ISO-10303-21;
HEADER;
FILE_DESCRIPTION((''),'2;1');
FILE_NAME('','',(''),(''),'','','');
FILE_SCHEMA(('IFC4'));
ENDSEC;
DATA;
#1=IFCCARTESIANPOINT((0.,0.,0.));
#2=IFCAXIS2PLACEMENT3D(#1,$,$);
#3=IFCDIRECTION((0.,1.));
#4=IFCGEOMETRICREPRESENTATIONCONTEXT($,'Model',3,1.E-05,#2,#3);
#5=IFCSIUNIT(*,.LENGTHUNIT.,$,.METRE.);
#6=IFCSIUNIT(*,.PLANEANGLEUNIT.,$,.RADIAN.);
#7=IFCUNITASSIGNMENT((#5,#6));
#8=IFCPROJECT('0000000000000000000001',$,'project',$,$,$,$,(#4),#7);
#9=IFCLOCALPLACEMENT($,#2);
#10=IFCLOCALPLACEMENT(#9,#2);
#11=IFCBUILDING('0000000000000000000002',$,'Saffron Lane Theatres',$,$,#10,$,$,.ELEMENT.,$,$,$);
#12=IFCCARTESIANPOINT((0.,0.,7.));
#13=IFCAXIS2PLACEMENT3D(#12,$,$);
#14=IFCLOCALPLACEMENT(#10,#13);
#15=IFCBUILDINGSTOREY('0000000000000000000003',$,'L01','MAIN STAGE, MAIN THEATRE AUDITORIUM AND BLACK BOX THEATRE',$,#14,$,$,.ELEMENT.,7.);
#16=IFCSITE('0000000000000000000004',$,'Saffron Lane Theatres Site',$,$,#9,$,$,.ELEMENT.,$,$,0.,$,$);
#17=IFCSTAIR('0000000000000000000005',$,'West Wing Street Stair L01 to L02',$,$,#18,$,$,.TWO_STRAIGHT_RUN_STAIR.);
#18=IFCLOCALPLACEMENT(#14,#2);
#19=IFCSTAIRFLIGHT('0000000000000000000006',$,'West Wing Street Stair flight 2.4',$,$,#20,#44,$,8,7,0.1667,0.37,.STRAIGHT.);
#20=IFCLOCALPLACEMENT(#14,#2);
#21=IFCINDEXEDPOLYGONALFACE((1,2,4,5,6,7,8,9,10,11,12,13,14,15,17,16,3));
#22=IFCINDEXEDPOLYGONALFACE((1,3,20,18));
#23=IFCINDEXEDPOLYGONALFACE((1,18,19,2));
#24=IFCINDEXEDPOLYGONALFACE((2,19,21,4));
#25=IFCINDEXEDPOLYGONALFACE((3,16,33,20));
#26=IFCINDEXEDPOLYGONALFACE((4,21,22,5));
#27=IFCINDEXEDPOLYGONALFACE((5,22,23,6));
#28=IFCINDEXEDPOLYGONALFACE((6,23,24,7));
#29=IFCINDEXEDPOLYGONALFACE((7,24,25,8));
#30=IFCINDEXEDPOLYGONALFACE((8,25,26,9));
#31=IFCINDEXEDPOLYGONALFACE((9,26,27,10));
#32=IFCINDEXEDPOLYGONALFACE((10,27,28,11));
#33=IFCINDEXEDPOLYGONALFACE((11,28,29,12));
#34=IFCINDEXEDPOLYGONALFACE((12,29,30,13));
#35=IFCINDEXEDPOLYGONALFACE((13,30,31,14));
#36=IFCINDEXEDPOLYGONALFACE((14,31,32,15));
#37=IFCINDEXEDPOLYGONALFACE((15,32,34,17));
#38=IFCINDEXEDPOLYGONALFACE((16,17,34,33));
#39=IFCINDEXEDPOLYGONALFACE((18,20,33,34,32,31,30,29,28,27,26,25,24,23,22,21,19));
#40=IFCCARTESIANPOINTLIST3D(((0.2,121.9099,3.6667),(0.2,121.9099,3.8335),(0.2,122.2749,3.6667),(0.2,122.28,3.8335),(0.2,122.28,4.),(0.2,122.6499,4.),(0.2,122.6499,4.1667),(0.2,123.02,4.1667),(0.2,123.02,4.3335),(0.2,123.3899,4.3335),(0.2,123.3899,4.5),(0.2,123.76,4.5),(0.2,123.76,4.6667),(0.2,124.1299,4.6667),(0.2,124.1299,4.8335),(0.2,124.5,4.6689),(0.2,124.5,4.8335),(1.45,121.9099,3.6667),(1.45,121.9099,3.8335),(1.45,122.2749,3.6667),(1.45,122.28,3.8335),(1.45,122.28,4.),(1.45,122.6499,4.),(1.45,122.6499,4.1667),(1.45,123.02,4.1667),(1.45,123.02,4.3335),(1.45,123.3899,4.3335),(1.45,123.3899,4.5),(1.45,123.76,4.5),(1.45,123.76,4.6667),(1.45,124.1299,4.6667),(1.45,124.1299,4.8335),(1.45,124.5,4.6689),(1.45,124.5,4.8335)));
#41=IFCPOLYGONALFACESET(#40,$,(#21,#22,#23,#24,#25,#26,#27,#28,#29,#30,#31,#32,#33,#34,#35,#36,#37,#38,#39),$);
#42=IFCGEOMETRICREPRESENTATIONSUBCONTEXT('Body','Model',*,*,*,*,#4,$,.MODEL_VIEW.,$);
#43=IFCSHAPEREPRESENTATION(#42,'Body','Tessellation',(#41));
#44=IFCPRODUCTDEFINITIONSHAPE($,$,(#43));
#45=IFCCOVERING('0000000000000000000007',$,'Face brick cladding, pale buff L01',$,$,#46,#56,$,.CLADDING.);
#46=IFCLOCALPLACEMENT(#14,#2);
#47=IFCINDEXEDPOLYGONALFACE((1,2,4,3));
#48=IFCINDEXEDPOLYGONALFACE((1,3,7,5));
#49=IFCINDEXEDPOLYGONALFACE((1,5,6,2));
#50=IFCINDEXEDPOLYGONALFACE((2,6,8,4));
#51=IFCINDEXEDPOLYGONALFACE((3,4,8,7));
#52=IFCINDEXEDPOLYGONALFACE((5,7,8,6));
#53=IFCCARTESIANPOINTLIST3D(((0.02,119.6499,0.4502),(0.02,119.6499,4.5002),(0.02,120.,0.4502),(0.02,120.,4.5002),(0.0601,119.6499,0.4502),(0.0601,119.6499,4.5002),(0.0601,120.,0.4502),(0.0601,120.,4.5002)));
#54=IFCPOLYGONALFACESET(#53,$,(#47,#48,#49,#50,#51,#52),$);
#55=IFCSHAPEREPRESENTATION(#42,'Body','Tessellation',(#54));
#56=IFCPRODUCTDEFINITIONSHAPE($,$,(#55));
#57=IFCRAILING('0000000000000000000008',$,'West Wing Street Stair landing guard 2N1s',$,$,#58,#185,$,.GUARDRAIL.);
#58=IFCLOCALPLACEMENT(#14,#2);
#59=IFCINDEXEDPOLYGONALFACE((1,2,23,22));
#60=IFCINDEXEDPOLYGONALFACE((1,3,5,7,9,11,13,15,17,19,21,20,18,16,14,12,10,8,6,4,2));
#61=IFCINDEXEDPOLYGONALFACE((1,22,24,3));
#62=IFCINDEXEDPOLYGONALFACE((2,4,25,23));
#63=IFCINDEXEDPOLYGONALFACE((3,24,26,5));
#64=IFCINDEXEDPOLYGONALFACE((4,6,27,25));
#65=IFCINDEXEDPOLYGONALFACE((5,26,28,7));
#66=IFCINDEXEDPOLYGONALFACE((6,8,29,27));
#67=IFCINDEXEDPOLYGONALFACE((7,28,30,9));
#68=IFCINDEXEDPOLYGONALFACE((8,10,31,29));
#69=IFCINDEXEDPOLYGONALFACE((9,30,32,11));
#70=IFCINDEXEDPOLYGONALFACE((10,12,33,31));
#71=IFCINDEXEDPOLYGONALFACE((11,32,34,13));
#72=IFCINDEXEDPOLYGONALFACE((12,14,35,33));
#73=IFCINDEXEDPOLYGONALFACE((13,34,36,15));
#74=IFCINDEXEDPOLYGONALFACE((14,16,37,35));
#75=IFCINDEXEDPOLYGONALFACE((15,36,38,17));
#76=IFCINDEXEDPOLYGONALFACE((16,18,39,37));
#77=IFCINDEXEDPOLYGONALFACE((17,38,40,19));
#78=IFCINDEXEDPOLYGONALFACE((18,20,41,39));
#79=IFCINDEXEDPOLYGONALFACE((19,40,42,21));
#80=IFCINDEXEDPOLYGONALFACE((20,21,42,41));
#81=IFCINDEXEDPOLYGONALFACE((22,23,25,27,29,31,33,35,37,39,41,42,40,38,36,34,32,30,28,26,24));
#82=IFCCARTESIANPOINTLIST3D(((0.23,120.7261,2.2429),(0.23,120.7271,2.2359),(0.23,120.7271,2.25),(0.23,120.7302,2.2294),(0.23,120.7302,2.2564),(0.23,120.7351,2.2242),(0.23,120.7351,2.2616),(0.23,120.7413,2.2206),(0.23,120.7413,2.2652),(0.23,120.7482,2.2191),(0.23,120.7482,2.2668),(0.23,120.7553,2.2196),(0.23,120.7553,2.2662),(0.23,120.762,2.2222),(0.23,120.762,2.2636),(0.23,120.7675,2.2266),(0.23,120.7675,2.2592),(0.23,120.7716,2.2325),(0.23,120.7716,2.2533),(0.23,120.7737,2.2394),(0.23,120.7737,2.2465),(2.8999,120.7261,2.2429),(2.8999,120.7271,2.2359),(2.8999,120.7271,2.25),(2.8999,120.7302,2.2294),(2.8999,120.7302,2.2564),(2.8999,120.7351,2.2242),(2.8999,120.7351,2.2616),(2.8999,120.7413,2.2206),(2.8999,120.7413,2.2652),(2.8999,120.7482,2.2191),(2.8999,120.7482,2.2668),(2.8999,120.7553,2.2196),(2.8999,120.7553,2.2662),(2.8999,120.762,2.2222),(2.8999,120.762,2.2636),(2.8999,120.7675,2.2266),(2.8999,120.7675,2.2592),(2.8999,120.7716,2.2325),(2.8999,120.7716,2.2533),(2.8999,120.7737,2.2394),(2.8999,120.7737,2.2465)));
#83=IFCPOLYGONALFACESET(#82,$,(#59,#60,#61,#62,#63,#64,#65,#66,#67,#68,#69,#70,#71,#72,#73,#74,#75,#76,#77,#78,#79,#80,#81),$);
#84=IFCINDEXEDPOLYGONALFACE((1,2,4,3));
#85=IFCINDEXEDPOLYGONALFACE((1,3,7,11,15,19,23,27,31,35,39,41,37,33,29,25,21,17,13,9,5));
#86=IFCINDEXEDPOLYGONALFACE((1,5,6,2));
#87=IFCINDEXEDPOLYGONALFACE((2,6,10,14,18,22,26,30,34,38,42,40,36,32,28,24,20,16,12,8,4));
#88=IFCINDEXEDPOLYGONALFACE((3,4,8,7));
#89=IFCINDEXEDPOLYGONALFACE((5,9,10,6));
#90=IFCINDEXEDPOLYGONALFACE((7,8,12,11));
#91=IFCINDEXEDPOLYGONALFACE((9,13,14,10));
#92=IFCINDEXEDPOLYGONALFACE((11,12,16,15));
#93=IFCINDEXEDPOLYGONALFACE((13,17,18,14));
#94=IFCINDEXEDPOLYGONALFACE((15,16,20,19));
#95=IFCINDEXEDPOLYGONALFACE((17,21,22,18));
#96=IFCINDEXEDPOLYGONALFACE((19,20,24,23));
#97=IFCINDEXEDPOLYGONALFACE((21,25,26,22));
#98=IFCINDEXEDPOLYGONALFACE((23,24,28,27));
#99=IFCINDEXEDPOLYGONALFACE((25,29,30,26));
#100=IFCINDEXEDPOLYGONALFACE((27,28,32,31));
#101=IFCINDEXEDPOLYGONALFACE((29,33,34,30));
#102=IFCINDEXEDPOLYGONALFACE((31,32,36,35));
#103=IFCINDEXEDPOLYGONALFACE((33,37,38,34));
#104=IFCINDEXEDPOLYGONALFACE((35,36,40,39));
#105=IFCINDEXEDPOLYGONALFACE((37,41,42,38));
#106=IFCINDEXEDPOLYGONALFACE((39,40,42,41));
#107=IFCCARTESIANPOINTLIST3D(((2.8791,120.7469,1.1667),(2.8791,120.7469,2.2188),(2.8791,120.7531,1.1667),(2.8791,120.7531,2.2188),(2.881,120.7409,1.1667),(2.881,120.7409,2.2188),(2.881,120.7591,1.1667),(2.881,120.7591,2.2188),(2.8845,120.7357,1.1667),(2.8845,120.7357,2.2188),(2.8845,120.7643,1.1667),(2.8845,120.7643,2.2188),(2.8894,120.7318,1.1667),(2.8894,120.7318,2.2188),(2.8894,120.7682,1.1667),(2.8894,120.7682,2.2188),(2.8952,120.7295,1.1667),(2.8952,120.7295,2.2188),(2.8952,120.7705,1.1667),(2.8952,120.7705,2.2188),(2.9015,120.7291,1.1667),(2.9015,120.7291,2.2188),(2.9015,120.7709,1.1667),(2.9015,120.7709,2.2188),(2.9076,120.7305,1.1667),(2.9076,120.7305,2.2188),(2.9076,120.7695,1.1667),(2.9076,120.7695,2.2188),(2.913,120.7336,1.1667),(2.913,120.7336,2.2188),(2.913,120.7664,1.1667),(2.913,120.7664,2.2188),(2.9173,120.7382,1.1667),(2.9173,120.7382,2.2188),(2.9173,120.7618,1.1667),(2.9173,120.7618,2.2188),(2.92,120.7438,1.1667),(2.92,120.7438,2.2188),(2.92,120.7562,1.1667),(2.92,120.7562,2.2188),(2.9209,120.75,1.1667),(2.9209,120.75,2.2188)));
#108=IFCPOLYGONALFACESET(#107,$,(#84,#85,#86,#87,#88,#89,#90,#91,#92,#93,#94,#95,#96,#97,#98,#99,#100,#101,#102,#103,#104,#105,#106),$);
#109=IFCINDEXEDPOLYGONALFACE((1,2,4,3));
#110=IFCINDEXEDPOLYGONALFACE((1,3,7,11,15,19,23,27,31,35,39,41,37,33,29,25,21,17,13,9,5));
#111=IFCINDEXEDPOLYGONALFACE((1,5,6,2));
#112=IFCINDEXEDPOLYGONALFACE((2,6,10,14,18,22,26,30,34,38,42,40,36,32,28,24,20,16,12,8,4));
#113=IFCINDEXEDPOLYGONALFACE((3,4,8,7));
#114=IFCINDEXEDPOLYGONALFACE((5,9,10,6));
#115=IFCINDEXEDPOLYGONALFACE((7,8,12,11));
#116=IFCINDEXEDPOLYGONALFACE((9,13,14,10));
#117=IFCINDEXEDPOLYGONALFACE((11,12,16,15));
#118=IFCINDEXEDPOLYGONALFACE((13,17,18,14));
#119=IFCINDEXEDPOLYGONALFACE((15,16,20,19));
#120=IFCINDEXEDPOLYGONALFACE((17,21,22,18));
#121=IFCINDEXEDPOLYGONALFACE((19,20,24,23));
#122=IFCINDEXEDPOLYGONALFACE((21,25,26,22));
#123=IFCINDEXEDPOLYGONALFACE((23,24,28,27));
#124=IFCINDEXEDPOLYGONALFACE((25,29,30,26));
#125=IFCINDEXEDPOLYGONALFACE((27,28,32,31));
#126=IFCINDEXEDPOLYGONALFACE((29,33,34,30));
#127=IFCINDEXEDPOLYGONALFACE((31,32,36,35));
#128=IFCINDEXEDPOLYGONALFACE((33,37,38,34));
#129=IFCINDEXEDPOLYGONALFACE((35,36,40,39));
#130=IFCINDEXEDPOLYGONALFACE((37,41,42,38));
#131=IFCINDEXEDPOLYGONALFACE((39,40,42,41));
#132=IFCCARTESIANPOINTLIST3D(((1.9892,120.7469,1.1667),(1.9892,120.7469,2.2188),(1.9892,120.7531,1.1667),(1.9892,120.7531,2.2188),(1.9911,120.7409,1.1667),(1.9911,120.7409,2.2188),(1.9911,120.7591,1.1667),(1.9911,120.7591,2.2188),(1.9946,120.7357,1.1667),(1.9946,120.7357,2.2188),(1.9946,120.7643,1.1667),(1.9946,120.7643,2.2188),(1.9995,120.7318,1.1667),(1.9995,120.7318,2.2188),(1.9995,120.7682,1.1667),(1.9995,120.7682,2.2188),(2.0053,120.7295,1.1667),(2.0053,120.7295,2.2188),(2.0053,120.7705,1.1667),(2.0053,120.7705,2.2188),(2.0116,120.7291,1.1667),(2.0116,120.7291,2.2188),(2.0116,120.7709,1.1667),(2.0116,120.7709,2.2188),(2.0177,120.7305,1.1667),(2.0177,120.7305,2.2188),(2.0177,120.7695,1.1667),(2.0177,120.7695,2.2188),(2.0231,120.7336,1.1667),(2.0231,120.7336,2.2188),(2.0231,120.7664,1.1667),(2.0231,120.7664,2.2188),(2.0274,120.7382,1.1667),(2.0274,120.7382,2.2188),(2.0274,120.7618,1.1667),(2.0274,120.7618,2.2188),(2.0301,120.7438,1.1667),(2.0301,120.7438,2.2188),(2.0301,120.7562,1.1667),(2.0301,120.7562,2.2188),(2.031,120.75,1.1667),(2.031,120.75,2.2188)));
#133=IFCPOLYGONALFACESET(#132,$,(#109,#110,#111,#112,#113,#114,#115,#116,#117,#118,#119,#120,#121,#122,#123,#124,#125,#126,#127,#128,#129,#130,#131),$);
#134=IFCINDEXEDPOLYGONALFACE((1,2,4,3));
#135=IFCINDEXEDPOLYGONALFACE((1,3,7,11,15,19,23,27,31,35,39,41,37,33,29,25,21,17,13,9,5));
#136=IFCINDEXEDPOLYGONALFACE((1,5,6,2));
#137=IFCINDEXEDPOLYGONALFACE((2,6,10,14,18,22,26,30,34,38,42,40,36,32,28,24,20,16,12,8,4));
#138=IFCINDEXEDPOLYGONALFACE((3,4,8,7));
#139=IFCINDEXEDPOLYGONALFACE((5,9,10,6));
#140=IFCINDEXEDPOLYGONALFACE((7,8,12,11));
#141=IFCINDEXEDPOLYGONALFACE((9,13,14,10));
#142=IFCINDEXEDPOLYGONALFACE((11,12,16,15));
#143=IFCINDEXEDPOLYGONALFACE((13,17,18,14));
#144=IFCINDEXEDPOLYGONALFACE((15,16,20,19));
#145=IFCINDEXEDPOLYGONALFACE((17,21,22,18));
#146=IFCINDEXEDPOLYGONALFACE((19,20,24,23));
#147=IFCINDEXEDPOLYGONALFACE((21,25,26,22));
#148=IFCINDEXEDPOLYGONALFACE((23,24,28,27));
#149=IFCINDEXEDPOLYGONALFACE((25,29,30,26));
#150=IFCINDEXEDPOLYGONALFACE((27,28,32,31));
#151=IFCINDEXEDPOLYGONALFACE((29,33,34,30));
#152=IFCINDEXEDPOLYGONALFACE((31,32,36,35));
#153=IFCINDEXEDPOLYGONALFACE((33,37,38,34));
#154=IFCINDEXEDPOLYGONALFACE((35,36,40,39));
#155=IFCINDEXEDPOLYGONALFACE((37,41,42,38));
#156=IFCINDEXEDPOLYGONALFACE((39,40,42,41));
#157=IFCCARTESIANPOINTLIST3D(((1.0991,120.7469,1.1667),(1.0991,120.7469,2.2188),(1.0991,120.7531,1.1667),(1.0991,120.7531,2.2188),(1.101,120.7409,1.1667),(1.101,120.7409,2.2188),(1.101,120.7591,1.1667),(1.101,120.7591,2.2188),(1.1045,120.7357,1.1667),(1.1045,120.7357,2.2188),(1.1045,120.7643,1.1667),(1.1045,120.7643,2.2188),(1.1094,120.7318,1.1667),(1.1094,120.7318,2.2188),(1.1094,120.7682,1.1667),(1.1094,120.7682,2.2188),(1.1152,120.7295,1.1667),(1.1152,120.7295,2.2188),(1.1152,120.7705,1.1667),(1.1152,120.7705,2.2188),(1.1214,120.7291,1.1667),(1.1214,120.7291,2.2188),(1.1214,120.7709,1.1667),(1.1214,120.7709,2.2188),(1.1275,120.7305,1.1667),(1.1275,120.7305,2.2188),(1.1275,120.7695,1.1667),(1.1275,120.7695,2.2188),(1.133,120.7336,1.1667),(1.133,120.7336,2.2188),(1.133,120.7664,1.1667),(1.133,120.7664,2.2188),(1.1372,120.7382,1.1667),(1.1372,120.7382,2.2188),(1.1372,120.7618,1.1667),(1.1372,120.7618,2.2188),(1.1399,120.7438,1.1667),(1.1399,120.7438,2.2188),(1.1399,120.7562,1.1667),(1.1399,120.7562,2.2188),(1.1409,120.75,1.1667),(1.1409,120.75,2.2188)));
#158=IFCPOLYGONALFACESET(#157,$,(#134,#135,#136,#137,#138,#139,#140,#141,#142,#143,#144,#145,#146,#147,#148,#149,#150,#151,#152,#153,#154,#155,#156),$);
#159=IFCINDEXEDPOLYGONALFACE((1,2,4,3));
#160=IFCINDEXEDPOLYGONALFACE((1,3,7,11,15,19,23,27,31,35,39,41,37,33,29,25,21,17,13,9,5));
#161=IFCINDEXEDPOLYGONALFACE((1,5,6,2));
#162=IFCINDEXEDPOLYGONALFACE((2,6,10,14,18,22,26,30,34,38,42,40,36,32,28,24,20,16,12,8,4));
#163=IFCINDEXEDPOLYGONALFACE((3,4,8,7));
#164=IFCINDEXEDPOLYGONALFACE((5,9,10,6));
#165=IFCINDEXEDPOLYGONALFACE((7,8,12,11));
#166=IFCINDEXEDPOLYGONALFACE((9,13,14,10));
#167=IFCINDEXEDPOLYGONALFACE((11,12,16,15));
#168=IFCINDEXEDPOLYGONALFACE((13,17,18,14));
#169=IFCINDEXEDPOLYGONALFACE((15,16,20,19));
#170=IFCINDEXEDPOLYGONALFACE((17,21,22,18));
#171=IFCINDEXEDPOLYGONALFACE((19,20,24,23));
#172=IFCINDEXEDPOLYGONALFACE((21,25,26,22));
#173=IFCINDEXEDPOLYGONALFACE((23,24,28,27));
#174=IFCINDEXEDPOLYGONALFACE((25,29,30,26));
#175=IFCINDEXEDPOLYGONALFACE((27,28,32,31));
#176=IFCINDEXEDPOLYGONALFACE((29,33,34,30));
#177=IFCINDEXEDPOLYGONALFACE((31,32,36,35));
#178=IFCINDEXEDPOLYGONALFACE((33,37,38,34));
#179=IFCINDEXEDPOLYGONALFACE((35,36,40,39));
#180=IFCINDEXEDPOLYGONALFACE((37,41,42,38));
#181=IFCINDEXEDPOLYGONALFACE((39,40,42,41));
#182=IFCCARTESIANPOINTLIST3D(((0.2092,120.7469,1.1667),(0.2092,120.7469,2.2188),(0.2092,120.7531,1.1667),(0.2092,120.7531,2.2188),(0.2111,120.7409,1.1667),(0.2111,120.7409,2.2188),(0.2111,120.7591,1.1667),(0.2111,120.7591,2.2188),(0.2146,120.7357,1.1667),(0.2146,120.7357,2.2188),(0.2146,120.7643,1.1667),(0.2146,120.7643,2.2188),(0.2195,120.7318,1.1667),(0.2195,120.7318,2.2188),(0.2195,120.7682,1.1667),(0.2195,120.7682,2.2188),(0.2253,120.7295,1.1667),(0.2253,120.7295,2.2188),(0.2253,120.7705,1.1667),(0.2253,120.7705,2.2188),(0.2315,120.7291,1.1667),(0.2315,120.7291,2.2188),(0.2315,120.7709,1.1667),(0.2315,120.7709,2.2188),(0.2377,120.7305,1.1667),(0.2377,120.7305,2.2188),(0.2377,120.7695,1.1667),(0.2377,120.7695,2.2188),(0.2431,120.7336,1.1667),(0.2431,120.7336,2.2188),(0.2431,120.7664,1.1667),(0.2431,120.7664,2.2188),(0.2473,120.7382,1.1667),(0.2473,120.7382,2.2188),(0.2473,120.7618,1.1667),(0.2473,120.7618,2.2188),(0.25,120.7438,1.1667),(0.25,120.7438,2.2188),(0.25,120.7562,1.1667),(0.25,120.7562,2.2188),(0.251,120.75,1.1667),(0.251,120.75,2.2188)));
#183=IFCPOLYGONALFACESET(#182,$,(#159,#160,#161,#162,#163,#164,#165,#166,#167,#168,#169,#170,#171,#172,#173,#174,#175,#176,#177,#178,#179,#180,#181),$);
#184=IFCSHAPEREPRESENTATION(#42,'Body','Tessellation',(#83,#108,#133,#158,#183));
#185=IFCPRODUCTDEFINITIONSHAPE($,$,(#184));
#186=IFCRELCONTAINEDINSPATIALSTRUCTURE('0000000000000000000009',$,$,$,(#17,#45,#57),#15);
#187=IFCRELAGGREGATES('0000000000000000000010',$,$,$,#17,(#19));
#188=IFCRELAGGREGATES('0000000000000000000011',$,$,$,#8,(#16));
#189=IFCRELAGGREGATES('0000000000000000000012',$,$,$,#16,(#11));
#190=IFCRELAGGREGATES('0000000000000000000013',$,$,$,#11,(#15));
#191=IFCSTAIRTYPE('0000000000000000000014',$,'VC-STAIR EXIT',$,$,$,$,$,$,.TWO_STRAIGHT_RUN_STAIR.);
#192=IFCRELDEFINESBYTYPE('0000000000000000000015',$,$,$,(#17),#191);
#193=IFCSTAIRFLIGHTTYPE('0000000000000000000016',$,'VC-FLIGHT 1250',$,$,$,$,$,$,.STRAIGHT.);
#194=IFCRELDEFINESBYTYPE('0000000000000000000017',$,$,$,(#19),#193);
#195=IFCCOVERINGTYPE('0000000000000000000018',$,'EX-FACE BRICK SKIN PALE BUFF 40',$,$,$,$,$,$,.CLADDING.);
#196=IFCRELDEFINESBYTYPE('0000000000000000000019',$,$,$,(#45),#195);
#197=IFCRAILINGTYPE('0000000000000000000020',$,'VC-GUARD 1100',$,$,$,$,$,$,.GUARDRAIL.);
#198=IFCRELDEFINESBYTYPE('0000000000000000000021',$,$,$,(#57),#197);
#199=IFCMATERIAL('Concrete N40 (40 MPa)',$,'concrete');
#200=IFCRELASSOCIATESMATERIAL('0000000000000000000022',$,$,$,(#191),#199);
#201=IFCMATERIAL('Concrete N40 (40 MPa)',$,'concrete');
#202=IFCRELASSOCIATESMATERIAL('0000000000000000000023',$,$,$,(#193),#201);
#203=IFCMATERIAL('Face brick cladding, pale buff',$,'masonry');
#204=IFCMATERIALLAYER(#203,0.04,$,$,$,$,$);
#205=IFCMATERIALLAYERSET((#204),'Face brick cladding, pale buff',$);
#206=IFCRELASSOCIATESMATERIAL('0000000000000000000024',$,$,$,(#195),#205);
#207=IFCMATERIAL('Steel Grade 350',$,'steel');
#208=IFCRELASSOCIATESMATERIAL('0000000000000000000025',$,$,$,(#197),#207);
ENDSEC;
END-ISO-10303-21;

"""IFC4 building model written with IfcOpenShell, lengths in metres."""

from ifc_helpers import new_model, si_unit, direction, frame, origin, origin_2d, place, context, subcontext, project, spatial, polyline, rectangle, circle, outline, extrude, material, layer, layer_set, type_object, element, aggregate, save


model = new_model("IFC4")

# Units and contexts
model_context = context("Model", 3, precision=1e-05, world=origin(), true_north=direction((0.0, 1.0)))
body_context = subcontext(model_context, "Body", "Model", "MODEL_VIEW")
ifc_project = project(units=[si_unit("LENGTHUNIT", "METRE"), si_unit("PLANEANGLEUNIT", "RADIAN")], contexts=[model_context])

# Site, building, storey
site_placement = place(None, origin())
site = spatial("IfcSite", under=ifc_project, at=site_placement, Name="Saffron Lane Theatres Site", CompositionType="ELEMENT", RefElevation=0.0)
building_placement = place(site_placement, origin())
building = spatial("IfcBuilding", under=site, at=building_placement, Name="Saffron Lane Theatres", CompositionType="ELEMENT")
storey_placement = place(building_placement, frame((0.0, 0.0, 7.0)))
storey = spatial("IfcBuildingStorey", under=building, at=storey_placement, Name="L01", Description="MAIN STAGE, MAIN THEATRE AUDITORIUM AND BLACK BOX THEATRE", CompositionType="ELEMENT", Elevation=7.0)

# Stair, stair flight
ifc_material_1 = material(Name="Concrete N40 (40 MPa)", Category="concrete")
stair_type = type_object("IfcStairType", Name="VC-STAIR EXIT", PredefinedType="TWO_STRAIGHT_RUN_STAIR", material=ifc_material_1)
stair_placement = place(storey_placement, origin())
stair = element("IfcStair", 1, at=stair_placement, inside=storey, type_object=stair_type, Name="West Wing Street Stair L01 to L02", PredefinedType="TWO_STRAIGHT_RUN_STAIR")
ifc_material_2 = material(Name="Concrete N40 (40 MPa)", Category="concrete")
stair_flight_type = type_object("IfcStairFlightType", Name="VC-FLIGHT 1250", PredefinedType="STRAIGHT", material=ifc_material_2)
stair_flight_1_placement = place(storey_placement, frame((0.825, 121.9099, 3.6667), z_axis=(0.0, 0.0, 1.0), x_axis=(0.0, 1.0, 0.0)))
stair_flight_1 = element("IfcStairFlight", 2, at=stair_flight_1_placement, type_object=stair_flight_type, Name="West Wing Street Stair flight 2.4", NumberOfRisers=8, NumberOfTreads=7, PredefinedType="STRAIGHT", RiserHeight=0.1667, TreadLength=0.37, context=body_context, shape_type="SweptSolid", body=[
    extrude(outline(polyline([(0.0, 0.0), (0.0, 0.1667), (0.3701, 0.1667), (0.3701, 0.3333), (0.74, 0.3333), (0.74, 0.5), (1.1101, 0.5), (1.1101, 0.6667), (1.48, 0.6667), (1.48, 0.8333), (1.8501, 0.8333), (1.8501, 1.0), (2.22, 1.0), (2.22, 1.1667), (2.5901, 1.1667), (2.5901, 1.3333), (2.5901, 1.0022), (0.365, 0.0), (0.0, 0.0)])), frame((0.0, 0.625, 0.0), z_axis=(0.0, -1.0, 0.0), x_axis=(1.0, 0.0, 0.0)), (0.0, 0.0, 1.0), 1.25),
])
aggregate(stair, [stair_flight_1])

# Covering
ifc_material_3 = material(Name="Face brick cladding, pale buff", Category="masonry")
ifc_layer_1 = layer(ifc_material_3, 0.04)
ifc_layer_set_1 = layer_set([ifc_layer_1], Name="Face brick cladding, pale buff")
covering_type_1 = type_object("IfcCoveringType", Name="EX-FACE BRICK SKIN PALE BUFF 40", PredefinedType="CLADDING", material=ifc_layer_set_1)
covering_1_placement = place(storey_placement, frame((0.04, 119.825, 0.4502), z_axis=(0.0, 0.0, 1.0), x_axis=(0.0, 1.0, 0.0)))
element("IfcCovering", 3, at=covering_1_placement, inside=storey, type_object=covering_type_1, Name="Face brick cladding, pale buff L01", PredefinedType="CLADDING", context=body_context, shape_type="SweptSolid", body=[
    extrude(rectangle(XDim=0.3501, YDim=0.04, at=origin_2d()), origin(), (0.0, 0.0, 1.0), 4.05),
])

# Railing
ifc_material_4 = material(Name="Steel Grade 350", Category="steel")
railing_type_1 = type_object("IfcRailingType", Name="VC-GUARD 1100", PredefinedType="GUARDRAIL", material=ifc_material_4)
railing_1_placement = place(storey_placement, frame((2.8999, 120.75, 1.1667)))
element("IfcRailing", 4, at=railing_1_placement, inside=storey, type_object=railing_type_1, Name="West Wing Street Stair landing guard 2N1s", PredefinedType="GUARDRAIL", context=body_context, shape_type="SweptSolid", body=[
    extrude(circle(Radius=0.0239, at=origin_2d()), frame((0.0, 0.0, 1.0762), z_axis=(-1.0, 0.0, 0.0), x_axis=(0.0, -1.0, 0.0)), (0.0, 0.0, 1.0), 2.6699),
    extrude(circle(Radius=0.021, at=origin_2d()), origin(), (0.0, 0.0, 1.0), 1.052),
    extrude(circle(Radius=0.021, at=origin_2d()), frame((-0.8899, 0.0, 0.0)), (0.0, 0.0, 1.0), 1.052),
    extrude(circle(Radius=0.021, at=origin_2d()), frame((-1.78, 0.0, 0.0)), (0.0, 0.0, 1.0), 1.052),
    extrude(circle(Radius=0.021, at=origin_2d()), frame((-2.6699, 0.0, 0.0)), (0.0, 0.0, 1.0), 1.052),
])

save(model, "model.ifc")
